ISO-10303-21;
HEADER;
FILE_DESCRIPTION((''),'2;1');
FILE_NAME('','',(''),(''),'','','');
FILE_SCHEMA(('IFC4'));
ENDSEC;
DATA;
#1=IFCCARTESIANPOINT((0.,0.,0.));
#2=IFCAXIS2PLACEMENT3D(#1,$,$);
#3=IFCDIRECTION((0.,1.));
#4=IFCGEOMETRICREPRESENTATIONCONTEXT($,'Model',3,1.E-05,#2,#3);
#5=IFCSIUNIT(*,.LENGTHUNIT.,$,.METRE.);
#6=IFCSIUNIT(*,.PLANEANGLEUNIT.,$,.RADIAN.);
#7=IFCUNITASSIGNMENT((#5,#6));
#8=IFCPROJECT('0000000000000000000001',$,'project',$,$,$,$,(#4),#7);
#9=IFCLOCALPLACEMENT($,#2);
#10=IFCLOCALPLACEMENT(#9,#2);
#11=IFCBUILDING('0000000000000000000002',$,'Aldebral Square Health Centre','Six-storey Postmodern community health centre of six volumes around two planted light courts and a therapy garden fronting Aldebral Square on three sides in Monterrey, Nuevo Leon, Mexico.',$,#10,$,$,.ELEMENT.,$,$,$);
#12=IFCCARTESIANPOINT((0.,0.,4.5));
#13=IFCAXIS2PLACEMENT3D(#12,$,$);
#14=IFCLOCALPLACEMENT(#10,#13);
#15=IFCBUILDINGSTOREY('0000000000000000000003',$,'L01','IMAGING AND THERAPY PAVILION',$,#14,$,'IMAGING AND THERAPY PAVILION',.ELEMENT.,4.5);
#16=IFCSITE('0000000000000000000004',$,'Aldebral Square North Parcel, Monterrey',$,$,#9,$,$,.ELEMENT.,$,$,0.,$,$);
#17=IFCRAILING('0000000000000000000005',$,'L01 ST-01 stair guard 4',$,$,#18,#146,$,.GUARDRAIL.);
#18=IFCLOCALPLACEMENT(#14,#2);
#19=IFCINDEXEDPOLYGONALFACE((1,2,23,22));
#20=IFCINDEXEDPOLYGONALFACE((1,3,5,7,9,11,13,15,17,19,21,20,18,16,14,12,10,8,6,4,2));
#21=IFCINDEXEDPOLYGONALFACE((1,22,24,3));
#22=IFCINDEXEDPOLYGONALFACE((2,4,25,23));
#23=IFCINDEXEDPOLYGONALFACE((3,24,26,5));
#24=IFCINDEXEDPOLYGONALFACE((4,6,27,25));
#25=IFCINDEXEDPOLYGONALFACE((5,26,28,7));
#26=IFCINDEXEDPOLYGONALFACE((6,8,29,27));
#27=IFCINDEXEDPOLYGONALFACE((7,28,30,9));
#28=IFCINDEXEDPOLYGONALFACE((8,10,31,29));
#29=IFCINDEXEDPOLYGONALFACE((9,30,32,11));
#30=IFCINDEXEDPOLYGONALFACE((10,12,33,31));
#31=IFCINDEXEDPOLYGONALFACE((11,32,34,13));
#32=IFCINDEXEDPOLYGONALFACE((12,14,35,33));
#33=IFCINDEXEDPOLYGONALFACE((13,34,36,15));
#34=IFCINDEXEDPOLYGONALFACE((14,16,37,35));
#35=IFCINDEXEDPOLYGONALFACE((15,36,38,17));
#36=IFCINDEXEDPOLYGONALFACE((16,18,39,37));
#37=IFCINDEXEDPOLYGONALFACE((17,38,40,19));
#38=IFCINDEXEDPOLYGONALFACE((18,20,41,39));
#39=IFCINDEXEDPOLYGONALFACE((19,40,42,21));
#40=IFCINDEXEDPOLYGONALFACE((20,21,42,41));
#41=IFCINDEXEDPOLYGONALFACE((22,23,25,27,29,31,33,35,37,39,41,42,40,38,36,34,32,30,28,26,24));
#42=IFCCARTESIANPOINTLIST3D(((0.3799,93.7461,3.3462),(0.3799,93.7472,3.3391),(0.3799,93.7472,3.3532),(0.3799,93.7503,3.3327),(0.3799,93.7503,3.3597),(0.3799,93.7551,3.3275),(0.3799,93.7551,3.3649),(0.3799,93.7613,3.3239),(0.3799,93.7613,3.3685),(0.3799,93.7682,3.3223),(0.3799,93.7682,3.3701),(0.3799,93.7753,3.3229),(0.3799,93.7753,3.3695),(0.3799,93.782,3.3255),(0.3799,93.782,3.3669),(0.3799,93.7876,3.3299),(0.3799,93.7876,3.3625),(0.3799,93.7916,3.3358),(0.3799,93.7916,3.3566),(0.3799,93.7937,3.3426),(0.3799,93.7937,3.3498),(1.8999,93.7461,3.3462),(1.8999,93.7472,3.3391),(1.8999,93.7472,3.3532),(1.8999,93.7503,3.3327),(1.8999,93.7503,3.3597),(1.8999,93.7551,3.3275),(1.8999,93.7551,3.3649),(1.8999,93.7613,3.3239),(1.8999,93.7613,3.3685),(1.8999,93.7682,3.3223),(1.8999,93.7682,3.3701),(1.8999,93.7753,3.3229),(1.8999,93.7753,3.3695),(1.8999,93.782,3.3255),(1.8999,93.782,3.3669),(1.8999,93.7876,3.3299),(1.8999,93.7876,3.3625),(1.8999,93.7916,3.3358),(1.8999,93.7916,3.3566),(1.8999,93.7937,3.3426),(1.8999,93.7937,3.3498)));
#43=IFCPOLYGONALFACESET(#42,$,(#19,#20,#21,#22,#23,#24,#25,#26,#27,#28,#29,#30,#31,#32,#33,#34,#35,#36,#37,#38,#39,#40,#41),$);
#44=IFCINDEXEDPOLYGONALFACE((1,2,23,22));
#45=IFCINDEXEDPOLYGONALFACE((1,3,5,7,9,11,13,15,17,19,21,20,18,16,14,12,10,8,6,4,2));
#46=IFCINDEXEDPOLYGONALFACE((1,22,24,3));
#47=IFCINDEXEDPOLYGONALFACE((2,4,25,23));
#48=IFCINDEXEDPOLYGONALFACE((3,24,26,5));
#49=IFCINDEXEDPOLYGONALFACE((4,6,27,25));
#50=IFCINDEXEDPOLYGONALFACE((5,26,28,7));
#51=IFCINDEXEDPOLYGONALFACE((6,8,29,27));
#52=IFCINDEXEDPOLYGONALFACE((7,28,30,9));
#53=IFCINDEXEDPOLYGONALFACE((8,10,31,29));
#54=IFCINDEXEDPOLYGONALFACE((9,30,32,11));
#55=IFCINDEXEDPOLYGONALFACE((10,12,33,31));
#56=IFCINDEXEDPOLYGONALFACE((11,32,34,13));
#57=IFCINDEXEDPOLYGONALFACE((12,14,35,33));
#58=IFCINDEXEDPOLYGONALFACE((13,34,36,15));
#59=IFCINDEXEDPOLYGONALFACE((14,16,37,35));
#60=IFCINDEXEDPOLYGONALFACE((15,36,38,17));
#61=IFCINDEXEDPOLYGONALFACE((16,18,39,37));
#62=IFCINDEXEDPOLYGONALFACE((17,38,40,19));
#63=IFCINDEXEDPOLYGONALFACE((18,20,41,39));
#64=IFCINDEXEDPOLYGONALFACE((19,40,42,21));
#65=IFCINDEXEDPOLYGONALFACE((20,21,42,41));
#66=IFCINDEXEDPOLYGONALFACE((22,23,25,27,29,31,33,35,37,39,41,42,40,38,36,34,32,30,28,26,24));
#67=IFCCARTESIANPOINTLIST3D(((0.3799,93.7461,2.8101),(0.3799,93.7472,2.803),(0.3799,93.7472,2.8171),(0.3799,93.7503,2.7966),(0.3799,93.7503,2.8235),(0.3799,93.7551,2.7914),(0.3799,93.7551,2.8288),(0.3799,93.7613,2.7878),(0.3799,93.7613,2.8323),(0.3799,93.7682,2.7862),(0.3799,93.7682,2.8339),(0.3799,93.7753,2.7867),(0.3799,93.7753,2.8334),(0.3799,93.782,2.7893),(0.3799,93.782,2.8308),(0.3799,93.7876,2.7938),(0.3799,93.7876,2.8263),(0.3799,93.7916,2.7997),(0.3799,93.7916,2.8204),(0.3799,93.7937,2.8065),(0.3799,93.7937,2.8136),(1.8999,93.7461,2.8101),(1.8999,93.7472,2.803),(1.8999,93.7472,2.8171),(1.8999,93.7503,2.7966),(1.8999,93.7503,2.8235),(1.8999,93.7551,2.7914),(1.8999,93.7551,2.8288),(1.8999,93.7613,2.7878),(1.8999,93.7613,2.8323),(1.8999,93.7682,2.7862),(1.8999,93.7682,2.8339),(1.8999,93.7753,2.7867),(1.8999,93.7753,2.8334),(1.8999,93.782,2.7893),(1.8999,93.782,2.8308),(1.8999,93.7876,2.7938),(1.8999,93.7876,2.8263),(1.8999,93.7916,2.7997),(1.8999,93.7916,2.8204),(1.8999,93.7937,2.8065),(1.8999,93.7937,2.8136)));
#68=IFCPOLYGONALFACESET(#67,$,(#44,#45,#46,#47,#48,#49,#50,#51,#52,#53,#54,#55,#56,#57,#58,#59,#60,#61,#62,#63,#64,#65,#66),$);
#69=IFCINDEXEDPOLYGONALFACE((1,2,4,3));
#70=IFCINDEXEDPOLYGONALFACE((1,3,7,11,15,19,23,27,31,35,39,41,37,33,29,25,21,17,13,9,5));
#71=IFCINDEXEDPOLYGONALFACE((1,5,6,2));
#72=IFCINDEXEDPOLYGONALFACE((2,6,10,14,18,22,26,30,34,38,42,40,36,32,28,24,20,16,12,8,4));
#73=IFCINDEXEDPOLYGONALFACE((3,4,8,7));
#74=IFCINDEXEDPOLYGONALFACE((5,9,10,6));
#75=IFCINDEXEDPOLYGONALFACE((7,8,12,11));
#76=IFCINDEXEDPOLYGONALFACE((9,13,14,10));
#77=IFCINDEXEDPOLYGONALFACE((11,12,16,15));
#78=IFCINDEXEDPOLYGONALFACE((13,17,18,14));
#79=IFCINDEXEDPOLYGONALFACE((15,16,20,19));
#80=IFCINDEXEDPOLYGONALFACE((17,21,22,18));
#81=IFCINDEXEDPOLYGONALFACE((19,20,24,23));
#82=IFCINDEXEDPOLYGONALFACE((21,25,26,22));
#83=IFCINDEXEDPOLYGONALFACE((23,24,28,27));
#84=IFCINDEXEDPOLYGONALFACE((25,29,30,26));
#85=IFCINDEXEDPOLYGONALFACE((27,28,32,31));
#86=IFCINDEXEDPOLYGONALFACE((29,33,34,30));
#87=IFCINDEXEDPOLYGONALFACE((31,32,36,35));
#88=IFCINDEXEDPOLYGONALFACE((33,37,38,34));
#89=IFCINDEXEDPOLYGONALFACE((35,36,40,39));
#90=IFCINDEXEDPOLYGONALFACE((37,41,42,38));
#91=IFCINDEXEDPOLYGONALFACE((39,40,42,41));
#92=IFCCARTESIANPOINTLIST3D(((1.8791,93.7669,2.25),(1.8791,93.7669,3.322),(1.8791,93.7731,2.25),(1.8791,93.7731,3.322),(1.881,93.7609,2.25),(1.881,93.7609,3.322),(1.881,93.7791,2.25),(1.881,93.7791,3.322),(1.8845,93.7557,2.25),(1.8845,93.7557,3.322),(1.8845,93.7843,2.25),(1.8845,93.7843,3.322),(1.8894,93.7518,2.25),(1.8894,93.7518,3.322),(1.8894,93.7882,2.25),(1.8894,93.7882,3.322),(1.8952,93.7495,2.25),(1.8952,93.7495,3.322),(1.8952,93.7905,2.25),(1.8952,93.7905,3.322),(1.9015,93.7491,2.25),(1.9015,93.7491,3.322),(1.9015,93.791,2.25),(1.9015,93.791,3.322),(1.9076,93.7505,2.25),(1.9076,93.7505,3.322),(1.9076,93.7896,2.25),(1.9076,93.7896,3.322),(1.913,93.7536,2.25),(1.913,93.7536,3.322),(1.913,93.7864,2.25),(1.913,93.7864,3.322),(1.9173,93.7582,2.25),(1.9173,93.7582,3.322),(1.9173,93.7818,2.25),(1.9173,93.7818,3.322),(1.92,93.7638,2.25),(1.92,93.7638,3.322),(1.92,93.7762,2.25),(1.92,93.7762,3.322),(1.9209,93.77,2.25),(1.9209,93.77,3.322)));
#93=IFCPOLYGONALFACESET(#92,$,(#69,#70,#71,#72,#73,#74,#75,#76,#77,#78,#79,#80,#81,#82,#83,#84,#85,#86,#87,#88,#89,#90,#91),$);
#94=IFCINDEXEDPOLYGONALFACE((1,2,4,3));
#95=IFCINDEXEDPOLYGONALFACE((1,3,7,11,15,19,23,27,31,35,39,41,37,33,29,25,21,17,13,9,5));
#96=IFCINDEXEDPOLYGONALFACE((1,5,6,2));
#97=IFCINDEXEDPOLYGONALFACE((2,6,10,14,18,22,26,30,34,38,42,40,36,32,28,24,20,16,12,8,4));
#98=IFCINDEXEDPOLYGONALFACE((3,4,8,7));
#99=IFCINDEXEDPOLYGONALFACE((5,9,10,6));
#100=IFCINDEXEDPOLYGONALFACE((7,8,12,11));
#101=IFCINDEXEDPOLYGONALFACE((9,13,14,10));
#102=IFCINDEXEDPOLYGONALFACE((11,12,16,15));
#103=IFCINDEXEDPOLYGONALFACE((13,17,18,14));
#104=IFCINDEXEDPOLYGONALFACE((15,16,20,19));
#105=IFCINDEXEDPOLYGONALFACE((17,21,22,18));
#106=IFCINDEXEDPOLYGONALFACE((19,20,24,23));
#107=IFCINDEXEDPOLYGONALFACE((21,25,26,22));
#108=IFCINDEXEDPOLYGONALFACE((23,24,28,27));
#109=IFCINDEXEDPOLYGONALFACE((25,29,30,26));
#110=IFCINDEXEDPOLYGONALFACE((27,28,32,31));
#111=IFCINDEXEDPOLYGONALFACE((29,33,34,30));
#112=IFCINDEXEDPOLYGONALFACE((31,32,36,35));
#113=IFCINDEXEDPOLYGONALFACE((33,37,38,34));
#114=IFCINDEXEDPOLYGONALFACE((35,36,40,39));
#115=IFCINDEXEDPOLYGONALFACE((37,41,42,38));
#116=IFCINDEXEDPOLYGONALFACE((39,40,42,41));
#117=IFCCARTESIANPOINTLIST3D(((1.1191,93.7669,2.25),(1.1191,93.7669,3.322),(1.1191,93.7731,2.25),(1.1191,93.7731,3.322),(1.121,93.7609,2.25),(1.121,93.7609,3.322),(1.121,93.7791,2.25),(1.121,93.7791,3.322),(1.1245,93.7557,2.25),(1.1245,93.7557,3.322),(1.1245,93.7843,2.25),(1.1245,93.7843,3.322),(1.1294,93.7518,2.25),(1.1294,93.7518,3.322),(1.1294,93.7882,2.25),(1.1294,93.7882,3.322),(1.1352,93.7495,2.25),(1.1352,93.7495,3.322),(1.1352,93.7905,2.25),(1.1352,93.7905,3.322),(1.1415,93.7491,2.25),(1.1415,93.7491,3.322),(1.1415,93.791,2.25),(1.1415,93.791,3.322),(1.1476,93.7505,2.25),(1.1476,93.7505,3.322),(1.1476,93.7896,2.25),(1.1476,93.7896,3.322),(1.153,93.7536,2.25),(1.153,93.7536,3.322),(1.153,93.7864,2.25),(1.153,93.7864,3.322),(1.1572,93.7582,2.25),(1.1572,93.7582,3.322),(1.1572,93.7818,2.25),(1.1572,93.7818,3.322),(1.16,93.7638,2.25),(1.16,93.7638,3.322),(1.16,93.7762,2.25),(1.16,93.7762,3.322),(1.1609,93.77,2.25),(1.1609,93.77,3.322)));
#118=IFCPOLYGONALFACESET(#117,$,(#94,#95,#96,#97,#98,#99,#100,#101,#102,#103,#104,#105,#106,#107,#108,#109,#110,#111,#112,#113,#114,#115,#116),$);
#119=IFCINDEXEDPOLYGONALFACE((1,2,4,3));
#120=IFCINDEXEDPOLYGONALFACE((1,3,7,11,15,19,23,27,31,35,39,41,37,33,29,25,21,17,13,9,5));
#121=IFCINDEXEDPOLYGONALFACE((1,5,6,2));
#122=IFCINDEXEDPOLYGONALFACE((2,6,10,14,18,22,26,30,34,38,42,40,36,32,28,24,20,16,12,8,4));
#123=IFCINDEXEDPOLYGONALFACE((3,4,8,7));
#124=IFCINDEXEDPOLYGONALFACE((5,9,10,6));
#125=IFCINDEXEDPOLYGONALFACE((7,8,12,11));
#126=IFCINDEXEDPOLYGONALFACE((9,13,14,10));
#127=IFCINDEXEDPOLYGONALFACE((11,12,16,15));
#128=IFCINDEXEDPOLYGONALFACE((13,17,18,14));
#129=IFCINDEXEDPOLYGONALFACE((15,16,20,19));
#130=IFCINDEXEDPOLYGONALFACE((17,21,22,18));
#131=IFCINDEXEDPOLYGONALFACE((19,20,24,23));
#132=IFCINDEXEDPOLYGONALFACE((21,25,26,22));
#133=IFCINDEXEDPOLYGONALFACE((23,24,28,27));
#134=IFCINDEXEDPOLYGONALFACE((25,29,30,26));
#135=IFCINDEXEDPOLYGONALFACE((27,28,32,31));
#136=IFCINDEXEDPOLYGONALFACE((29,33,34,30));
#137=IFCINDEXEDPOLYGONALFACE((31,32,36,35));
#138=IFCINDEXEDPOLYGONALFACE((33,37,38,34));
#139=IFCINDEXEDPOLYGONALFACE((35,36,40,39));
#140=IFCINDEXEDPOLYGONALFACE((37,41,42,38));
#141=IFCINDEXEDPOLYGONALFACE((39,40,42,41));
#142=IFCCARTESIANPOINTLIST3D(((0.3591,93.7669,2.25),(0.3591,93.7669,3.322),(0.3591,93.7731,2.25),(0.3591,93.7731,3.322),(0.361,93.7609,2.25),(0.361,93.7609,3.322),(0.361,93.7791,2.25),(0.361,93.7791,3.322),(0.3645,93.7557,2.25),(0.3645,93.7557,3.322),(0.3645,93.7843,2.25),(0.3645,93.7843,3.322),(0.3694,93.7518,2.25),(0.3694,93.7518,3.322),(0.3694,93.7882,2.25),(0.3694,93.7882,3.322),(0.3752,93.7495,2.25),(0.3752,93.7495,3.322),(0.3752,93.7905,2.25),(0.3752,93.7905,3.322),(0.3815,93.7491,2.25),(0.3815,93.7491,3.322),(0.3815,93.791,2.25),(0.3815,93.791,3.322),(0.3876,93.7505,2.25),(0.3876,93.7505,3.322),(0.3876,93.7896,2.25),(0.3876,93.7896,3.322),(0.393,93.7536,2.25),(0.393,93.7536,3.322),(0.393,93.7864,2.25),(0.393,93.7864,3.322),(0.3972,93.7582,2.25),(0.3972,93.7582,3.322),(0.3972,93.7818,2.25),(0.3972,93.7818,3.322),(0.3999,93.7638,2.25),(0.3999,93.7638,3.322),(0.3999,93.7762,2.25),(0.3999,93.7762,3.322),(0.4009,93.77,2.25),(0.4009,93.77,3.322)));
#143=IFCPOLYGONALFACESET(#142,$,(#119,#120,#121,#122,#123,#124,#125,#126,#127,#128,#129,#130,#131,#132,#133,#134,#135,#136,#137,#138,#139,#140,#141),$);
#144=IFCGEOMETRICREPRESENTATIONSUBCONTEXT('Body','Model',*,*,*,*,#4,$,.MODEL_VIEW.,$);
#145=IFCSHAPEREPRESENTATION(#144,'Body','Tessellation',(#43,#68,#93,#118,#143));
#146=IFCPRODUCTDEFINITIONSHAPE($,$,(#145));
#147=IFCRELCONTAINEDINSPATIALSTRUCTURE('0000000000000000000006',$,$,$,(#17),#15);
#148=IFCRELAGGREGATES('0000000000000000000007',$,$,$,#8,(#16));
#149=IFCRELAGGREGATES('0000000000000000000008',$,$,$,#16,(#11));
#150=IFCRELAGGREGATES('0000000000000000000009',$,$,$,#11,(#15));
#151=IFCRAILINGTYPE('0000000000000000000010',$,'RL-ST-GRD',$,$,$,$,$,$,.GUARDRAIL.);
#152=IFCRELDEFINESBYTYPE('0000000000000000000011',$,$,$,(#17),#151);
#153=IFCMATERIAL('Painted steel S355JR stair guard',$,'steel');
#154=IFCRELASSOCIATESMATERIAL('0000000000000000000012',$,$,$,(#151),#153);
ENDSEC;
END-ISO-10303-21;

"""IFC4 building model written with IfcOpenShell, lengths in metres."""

from ifc_helpers import new_model, si_unit, direction, frame, origin, origin_2d, place, context, subcontext, project, spatial, circle, extrude, material, type_object, element, save


model = new_model("IFC4")

# Units and contexts
model_context = context("Model", 3, precision=1e-05, world=origin(), true_north=direction((0.0, 1.0)))
body_context = subcontext(model_context, "Body", "Model", "MODEL_VIEW")
ifc_project = project(units=[si_unit("LENGTHUNIT", "METRE"), si_unit("PLANEANGLEUNIT", "RADIAN")], contexts=[model_context])

# Site, building, storey
site_placement = place(None, origin())
site = spatial("IfcSite", under=ifc_project, at=site_placement, Name="Aldebral Square North Parcel, Monterrey", CompositionType="ELEMENT", RefElevation=0.0)
building_placement = place(site_placement, origin())
building = spatial("IfcBuilding", under=site, at=building_placement, Name="Aldebral Square Health Centre", Description="Six-storey Postmodern community health centre of six volumes around two planted light courts and a therapy garden fronting Aldebral Square on three sides in Monterrey, Nuevo Leon, Mexico.", CompositionType="ELEMENT")
storey_placement = place(building_placement, frame((0.0, 0.0, 4.5)))
storey = spatial("IfcBuildingStorey", under=building, at=storey_placement, Name="L01", Description="IMAGING AND THERAPY PAVILION", LongName="IMAGING AND THERAPY PAVILION", CompositionType="ELEMENT", Elevation=4.5)

# Railing
ifc_material_1 = material(Name="Painted steel S355JR stair guard", Category="steel")
railing_type_1 = type_object("IfcRailingType", Name="RL-ST-GRD", PredefinedType="GUARDRAIL", material=ifc_material_1)
for number, where, name in (
    (1, (1.8999, 93.77, 2.25), "L01 ST-01 stair guard 4"),
):
    element("IfcRailing", number, at=place(storey_placement, frame(where)), inside=storey, type_object=railing_type_1, Name=name, PredefinedType="GUARDRAIL", context=body_context, shape_type="SweptSolid", body=[
        extrude(circle(Radius=0.0239, at=origin_2d()), frame((0.0, 0.0, 1.0962), z_axis=(-1.0, 0.0, 0.0), x_axis=(0.0, -1.0, 0.0)), (0.0, 0.0, 1.0), 1.52),
        extrude(circle(Radius=0.0239, at=origin_2d()), frame((0.0, 0.0, 0.5601), z_axis=(-1.0, 0.0, 0.0), x_axis=(0.0, -1.0, 0.0)), (0.0, 0.0, 1.0), 1.52),
        extrude(circle(Radius=0.021, at=origin_2d()), origin(), (0.0, 0.0, 1.0), 1.072),
        extrude(circle(Radius=0.021, at=origin_2d()), frame((-0.76, 0.0, 0.0)), (0.0, 0.0, 1.0), 1.072),
        extrude(circle(Radius=0.021, at=origin_2d()), frame((-1.52, 0.0, 0.0)), (0.0, 0.0, 1.0), 1.072),
    ])

save(model, "model.ifc")
